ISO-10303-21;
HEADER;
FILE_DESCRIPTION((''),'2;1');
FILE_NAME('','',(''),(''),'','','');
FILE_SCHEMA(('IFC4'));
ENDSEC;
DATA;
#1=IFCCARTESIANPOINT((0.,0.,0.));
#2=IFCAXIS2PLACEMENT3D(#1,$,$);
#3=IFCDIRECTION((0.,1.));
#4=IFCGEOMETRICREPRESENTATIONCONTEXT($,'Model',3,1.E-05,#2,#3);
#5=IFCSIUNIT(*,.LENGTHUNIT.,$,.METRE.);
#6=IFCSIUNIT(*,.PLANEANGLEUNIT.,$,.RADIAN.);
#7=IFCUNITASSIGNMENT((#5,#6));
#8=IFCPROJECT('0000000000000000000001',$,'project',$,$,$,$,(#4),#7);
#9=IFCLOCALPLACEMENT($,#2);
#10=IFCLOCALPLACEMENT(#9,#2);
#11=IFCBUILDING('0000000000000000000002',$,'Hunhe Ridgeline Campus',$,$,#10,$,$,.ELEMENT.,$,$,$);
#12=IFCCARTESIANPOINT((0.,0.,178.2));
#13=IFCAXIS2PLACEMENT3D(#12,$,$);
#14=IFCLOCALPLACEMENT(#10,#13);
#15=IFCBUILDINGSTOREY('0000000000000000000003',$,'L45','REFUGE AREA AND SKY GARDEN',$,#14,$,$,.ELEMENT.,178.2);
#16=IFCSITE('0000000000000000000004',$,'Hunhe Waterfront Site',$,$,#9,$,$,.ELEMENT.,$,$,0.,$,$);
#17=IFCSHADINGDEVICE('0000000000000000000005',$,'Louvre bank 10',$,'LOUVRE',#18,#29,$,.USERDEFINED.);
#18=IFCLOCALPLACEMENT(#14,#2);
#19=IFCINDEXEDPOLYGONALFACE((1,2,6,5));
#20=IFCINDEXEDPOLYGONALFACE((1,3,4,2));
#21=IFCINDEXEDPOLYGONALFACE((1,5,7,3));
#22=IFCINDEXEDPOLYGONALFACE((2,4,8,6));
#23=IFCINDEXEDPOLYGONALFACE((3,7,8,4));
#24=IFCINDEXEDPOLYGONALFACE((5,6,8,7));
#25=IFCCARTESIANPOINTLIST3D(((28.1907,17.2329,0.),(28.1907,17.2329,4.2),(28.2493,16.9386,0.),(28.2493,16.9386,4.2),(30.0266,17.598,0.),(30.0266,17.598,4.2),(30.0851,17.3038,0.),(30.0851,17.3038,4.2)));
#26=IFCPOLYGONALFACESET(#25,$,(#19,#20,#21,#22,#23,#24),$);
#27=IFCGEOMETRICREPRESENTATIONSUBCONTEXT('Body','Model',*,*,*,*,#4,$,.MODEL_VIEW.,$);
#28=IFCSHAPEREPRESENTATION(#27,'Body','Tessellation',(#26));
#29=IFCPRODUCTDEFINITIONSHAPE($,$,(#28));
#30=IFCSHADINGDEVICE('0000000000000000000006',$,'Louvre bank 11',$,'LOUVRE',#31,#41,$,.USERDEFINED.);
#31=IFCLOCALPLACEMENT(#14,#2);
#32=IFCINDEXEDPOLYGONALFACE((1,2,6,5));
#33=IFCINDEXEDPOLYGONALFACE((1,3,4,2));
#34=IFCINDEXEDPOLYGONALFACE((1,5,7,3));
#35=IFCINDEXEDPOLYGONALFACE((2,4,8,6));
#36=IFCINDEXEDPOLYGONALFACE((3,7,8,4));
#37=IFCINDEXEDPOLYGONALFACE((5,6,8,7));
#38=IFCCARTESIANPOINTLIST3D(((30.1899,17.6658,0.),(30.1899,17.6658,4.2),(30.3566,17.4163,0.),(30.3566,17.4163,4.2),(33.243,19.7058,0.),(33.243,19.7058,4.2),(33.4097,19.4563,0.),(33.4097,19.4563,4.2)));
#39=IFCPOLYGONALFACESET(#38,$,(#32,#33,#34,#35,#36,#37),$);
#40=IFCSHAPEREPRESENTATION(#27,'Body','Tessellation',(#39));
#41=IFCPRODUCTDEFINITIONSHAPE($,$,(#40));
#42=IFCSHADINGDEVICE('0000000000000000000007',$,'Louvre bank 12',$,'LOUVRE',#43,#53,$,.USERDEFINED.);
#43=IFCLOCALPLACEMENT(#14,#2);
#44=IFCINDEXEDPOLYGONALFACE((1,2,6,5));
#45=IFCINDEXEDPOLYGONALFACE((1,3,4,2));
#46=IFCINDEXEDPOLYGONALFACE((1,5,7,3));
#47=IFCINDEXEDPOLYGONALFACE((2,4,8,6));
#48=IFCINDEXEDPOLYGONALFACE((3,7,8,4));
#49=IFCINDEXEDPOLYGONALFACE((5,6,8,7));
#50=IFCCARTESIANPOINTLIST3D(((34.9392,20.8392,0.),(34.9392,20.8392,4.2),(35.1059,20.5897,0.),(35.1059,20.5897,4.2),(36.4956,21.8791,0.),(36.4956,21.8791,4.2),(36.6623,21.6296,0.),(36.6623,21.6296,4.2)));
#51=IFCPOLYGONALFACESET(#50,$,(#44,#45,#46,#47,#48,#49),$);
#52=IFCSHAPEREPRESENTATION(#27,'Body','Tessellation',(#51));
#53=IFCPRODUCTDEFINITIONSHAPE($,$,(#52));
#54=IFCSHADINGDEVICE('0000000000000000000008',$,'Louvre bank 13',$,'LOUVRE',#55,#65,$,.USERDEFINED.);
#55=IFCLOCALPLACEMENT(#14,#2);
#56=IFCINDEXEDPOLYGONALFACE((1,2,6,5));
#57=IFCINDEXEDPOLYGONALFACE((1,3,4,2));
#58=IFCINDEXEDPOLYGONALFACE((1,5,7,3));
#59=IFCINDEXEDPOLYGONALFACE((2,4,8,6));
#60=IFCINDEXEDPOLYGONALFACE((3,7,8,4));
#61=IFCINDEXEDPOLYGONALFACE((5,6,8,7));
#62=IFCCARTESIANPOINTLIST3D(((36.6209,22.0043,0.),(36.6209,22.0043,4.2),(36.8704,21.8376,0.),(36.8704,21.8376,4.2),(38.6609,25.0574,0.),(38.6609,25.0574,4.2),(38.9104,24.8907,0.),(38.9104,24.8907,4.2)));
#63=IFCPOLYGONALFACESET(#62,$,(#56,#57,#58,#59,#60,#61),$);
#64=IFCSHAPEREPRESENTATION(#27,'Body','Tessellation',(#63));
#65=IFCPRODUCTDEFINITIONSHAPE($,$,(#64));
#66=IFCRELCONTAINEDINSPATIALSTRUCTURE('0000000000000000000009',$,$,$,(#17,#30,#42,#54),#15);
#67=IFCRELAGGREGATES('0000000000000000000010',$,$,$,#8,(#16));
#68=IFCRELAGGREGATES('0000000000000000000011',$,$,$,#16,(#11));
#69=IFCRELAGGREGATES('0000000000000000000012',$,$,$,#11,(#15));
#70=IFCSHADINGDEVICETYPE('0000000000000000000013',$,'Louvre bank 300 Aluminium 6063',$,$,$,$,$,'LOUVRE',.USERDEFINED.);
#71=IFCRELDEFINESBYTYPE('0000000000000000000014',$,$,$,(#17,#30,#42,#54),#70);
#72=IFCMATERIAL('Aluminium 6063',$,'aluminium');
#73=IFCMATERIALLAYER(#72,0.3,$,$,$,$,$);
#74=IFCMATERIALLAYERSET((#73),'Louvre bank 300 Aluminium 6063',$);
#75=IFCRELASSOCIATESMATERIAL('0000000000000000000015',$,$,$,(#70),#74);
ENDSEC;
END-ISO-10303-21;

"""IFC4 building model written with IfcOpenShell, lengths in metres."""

from ifc_helpers import new_model, si_unit, direction, frame, origin, origin_2d, place, context, subcontext, project, spatial, rectangle, extrude, material, layer, layer_set, type_object, element, save


model = new_model("IFC4")

# Units and contexts
model_context = context("Model", 3, precision=1e-05, world=origin(), true_north=direction((0.0, 1.0)))
body_context = subcontext(model_context, "Body", "Model", "MODEL_VIEW")
ifc_project = project(units=[si_unit("LENGTHUNIT", "METRE"), si_unit("PLANEANGLEUNIT", "RADIAN")], contexts=[model_context])

# Site, building, storey
site_placement = place(None, origin())
site = spatial("IfcSite", under=ifc_project, at=site_placement, Name="Hunhe Waterfront Site", CompositionType="ELEMENT", RefElevation=0.0)
building_placement = place(site_placement, origin())
building = spatial("IfcBuilding", under=site, at=building_placement, Name="Hunhe Ridgeline Campus", CompositionType="ELEMENT")
storey_placement = place(building_placement, frame((0.0, 0.0, 178.2)))
storey = spatial("IfcBuildingStorey", under=building, at=storey_placement, Name="L45", Description="REFUGE AREA AND SKY GARDEN", CompositionType="ELEMENT", Elevation=178.2)

# Shared definitions
ifc_material_1 = material(Name="Aluminium 6063", Category="aluminium")

# Shading devices
ifc_layer_1 = layer(ifc_material_1, 0.3)
ifc_layer_set_1 = layer_set([ifc_layer_1], Name="Louvre bank 300 Aluminium 6063")
shading_device_type = type_object("IfcShadingDeviceType", Name="Louvre bank 300 Aluminium 6063", ElementType="LOUVRE", PredefinedType="USERDEFINED", material=ifc_layer_set_1)
shading_device_1_placement = place(storey_placement, frame((29.1379, 17.2683, 0.0), z_axis=(0.0, 0.0, 1.0), x_axis=(0.980785, 0.19509, 0.0)))
element("IfcShadingDevice", 1, at=shading_device_1_placement, inside=storey, type_object=shading_device_type, Name="Louvre bank 10", ObjectType="LOUVRE", PredefinedType="USERDEFINED", context=body_context, shape_type="SweptSolid", body=[
    extrude(rectangle(XDim=1.8718, YDim=0.3, at=origin_2d()), origin(), (0.0, 0.0, 1.0), 4.2),
])
shading_device_2_placement = place(storey_placement, frame((31.7998, 18.561, 0.0), z_axis=(0.0, 0.0, 1.0), x_axis=(0.83147, 0.55557, 0.0)))
element("IfcShadingDevice", 2, at=shading_device_2_placement, inside=storey, type_object=shading_device_type, Name="Louvre bank 11", ObjectType="LOUVRE", PredefinedType="USERDEFINED", context=body_context, shape_type="SweptSolid", body=[
    extrude(rectangle(XDim=3.6719, YDim=0.3, at=origin_2d()), origin(), (0.0, 0.0, 1.0), 4.2),
])
shading_device_3_placement = place(storey_placement, frame((35.8008, 21.2344, 0.0), z_axis=(0.0, 0.0, 1.0), x_axis=(0.83147, 0.55557, 0.0)))
element("IfcShadingDevice", 3, at=shading_device_3_placement, inside=storey, type_object=shading_device_type, Name="Louvre bank 12", ObjectType="LOUVRE", PredefinedType="USERDEFINED", context=body_context, shape_type="SweptSolid", body=[
    extrude(rectangle(XDim=1.8718, YDim=0.3, at=origin_2d()), origin(), (0.0, 0.0, 1.0), 4.2),
])
shading_device_4_placement = place(storey_placement, frame((37.7656, 23.4475, 0.0), z_axis=(0.0, 0.0, 1.0), x_axis=(0.55557, 0.83147, 0.0)))
element("IfcShadingDevice", 4, at=shading_device_4_placement, inside=storey, type_object=shading_device_type, Name="Louvre bank 13", ObjectType="LOUVRE", PredefinedType="USERDEFINED", context=body_context, shape_type="SweptSolid", body=[
    extrude(rectangle(XDim=3.6719, YDim=0.3, at=origin_2d()), origin(), (0.0, 0.0, 1.0), 4.2),
])

save(model, "model.ifc")
